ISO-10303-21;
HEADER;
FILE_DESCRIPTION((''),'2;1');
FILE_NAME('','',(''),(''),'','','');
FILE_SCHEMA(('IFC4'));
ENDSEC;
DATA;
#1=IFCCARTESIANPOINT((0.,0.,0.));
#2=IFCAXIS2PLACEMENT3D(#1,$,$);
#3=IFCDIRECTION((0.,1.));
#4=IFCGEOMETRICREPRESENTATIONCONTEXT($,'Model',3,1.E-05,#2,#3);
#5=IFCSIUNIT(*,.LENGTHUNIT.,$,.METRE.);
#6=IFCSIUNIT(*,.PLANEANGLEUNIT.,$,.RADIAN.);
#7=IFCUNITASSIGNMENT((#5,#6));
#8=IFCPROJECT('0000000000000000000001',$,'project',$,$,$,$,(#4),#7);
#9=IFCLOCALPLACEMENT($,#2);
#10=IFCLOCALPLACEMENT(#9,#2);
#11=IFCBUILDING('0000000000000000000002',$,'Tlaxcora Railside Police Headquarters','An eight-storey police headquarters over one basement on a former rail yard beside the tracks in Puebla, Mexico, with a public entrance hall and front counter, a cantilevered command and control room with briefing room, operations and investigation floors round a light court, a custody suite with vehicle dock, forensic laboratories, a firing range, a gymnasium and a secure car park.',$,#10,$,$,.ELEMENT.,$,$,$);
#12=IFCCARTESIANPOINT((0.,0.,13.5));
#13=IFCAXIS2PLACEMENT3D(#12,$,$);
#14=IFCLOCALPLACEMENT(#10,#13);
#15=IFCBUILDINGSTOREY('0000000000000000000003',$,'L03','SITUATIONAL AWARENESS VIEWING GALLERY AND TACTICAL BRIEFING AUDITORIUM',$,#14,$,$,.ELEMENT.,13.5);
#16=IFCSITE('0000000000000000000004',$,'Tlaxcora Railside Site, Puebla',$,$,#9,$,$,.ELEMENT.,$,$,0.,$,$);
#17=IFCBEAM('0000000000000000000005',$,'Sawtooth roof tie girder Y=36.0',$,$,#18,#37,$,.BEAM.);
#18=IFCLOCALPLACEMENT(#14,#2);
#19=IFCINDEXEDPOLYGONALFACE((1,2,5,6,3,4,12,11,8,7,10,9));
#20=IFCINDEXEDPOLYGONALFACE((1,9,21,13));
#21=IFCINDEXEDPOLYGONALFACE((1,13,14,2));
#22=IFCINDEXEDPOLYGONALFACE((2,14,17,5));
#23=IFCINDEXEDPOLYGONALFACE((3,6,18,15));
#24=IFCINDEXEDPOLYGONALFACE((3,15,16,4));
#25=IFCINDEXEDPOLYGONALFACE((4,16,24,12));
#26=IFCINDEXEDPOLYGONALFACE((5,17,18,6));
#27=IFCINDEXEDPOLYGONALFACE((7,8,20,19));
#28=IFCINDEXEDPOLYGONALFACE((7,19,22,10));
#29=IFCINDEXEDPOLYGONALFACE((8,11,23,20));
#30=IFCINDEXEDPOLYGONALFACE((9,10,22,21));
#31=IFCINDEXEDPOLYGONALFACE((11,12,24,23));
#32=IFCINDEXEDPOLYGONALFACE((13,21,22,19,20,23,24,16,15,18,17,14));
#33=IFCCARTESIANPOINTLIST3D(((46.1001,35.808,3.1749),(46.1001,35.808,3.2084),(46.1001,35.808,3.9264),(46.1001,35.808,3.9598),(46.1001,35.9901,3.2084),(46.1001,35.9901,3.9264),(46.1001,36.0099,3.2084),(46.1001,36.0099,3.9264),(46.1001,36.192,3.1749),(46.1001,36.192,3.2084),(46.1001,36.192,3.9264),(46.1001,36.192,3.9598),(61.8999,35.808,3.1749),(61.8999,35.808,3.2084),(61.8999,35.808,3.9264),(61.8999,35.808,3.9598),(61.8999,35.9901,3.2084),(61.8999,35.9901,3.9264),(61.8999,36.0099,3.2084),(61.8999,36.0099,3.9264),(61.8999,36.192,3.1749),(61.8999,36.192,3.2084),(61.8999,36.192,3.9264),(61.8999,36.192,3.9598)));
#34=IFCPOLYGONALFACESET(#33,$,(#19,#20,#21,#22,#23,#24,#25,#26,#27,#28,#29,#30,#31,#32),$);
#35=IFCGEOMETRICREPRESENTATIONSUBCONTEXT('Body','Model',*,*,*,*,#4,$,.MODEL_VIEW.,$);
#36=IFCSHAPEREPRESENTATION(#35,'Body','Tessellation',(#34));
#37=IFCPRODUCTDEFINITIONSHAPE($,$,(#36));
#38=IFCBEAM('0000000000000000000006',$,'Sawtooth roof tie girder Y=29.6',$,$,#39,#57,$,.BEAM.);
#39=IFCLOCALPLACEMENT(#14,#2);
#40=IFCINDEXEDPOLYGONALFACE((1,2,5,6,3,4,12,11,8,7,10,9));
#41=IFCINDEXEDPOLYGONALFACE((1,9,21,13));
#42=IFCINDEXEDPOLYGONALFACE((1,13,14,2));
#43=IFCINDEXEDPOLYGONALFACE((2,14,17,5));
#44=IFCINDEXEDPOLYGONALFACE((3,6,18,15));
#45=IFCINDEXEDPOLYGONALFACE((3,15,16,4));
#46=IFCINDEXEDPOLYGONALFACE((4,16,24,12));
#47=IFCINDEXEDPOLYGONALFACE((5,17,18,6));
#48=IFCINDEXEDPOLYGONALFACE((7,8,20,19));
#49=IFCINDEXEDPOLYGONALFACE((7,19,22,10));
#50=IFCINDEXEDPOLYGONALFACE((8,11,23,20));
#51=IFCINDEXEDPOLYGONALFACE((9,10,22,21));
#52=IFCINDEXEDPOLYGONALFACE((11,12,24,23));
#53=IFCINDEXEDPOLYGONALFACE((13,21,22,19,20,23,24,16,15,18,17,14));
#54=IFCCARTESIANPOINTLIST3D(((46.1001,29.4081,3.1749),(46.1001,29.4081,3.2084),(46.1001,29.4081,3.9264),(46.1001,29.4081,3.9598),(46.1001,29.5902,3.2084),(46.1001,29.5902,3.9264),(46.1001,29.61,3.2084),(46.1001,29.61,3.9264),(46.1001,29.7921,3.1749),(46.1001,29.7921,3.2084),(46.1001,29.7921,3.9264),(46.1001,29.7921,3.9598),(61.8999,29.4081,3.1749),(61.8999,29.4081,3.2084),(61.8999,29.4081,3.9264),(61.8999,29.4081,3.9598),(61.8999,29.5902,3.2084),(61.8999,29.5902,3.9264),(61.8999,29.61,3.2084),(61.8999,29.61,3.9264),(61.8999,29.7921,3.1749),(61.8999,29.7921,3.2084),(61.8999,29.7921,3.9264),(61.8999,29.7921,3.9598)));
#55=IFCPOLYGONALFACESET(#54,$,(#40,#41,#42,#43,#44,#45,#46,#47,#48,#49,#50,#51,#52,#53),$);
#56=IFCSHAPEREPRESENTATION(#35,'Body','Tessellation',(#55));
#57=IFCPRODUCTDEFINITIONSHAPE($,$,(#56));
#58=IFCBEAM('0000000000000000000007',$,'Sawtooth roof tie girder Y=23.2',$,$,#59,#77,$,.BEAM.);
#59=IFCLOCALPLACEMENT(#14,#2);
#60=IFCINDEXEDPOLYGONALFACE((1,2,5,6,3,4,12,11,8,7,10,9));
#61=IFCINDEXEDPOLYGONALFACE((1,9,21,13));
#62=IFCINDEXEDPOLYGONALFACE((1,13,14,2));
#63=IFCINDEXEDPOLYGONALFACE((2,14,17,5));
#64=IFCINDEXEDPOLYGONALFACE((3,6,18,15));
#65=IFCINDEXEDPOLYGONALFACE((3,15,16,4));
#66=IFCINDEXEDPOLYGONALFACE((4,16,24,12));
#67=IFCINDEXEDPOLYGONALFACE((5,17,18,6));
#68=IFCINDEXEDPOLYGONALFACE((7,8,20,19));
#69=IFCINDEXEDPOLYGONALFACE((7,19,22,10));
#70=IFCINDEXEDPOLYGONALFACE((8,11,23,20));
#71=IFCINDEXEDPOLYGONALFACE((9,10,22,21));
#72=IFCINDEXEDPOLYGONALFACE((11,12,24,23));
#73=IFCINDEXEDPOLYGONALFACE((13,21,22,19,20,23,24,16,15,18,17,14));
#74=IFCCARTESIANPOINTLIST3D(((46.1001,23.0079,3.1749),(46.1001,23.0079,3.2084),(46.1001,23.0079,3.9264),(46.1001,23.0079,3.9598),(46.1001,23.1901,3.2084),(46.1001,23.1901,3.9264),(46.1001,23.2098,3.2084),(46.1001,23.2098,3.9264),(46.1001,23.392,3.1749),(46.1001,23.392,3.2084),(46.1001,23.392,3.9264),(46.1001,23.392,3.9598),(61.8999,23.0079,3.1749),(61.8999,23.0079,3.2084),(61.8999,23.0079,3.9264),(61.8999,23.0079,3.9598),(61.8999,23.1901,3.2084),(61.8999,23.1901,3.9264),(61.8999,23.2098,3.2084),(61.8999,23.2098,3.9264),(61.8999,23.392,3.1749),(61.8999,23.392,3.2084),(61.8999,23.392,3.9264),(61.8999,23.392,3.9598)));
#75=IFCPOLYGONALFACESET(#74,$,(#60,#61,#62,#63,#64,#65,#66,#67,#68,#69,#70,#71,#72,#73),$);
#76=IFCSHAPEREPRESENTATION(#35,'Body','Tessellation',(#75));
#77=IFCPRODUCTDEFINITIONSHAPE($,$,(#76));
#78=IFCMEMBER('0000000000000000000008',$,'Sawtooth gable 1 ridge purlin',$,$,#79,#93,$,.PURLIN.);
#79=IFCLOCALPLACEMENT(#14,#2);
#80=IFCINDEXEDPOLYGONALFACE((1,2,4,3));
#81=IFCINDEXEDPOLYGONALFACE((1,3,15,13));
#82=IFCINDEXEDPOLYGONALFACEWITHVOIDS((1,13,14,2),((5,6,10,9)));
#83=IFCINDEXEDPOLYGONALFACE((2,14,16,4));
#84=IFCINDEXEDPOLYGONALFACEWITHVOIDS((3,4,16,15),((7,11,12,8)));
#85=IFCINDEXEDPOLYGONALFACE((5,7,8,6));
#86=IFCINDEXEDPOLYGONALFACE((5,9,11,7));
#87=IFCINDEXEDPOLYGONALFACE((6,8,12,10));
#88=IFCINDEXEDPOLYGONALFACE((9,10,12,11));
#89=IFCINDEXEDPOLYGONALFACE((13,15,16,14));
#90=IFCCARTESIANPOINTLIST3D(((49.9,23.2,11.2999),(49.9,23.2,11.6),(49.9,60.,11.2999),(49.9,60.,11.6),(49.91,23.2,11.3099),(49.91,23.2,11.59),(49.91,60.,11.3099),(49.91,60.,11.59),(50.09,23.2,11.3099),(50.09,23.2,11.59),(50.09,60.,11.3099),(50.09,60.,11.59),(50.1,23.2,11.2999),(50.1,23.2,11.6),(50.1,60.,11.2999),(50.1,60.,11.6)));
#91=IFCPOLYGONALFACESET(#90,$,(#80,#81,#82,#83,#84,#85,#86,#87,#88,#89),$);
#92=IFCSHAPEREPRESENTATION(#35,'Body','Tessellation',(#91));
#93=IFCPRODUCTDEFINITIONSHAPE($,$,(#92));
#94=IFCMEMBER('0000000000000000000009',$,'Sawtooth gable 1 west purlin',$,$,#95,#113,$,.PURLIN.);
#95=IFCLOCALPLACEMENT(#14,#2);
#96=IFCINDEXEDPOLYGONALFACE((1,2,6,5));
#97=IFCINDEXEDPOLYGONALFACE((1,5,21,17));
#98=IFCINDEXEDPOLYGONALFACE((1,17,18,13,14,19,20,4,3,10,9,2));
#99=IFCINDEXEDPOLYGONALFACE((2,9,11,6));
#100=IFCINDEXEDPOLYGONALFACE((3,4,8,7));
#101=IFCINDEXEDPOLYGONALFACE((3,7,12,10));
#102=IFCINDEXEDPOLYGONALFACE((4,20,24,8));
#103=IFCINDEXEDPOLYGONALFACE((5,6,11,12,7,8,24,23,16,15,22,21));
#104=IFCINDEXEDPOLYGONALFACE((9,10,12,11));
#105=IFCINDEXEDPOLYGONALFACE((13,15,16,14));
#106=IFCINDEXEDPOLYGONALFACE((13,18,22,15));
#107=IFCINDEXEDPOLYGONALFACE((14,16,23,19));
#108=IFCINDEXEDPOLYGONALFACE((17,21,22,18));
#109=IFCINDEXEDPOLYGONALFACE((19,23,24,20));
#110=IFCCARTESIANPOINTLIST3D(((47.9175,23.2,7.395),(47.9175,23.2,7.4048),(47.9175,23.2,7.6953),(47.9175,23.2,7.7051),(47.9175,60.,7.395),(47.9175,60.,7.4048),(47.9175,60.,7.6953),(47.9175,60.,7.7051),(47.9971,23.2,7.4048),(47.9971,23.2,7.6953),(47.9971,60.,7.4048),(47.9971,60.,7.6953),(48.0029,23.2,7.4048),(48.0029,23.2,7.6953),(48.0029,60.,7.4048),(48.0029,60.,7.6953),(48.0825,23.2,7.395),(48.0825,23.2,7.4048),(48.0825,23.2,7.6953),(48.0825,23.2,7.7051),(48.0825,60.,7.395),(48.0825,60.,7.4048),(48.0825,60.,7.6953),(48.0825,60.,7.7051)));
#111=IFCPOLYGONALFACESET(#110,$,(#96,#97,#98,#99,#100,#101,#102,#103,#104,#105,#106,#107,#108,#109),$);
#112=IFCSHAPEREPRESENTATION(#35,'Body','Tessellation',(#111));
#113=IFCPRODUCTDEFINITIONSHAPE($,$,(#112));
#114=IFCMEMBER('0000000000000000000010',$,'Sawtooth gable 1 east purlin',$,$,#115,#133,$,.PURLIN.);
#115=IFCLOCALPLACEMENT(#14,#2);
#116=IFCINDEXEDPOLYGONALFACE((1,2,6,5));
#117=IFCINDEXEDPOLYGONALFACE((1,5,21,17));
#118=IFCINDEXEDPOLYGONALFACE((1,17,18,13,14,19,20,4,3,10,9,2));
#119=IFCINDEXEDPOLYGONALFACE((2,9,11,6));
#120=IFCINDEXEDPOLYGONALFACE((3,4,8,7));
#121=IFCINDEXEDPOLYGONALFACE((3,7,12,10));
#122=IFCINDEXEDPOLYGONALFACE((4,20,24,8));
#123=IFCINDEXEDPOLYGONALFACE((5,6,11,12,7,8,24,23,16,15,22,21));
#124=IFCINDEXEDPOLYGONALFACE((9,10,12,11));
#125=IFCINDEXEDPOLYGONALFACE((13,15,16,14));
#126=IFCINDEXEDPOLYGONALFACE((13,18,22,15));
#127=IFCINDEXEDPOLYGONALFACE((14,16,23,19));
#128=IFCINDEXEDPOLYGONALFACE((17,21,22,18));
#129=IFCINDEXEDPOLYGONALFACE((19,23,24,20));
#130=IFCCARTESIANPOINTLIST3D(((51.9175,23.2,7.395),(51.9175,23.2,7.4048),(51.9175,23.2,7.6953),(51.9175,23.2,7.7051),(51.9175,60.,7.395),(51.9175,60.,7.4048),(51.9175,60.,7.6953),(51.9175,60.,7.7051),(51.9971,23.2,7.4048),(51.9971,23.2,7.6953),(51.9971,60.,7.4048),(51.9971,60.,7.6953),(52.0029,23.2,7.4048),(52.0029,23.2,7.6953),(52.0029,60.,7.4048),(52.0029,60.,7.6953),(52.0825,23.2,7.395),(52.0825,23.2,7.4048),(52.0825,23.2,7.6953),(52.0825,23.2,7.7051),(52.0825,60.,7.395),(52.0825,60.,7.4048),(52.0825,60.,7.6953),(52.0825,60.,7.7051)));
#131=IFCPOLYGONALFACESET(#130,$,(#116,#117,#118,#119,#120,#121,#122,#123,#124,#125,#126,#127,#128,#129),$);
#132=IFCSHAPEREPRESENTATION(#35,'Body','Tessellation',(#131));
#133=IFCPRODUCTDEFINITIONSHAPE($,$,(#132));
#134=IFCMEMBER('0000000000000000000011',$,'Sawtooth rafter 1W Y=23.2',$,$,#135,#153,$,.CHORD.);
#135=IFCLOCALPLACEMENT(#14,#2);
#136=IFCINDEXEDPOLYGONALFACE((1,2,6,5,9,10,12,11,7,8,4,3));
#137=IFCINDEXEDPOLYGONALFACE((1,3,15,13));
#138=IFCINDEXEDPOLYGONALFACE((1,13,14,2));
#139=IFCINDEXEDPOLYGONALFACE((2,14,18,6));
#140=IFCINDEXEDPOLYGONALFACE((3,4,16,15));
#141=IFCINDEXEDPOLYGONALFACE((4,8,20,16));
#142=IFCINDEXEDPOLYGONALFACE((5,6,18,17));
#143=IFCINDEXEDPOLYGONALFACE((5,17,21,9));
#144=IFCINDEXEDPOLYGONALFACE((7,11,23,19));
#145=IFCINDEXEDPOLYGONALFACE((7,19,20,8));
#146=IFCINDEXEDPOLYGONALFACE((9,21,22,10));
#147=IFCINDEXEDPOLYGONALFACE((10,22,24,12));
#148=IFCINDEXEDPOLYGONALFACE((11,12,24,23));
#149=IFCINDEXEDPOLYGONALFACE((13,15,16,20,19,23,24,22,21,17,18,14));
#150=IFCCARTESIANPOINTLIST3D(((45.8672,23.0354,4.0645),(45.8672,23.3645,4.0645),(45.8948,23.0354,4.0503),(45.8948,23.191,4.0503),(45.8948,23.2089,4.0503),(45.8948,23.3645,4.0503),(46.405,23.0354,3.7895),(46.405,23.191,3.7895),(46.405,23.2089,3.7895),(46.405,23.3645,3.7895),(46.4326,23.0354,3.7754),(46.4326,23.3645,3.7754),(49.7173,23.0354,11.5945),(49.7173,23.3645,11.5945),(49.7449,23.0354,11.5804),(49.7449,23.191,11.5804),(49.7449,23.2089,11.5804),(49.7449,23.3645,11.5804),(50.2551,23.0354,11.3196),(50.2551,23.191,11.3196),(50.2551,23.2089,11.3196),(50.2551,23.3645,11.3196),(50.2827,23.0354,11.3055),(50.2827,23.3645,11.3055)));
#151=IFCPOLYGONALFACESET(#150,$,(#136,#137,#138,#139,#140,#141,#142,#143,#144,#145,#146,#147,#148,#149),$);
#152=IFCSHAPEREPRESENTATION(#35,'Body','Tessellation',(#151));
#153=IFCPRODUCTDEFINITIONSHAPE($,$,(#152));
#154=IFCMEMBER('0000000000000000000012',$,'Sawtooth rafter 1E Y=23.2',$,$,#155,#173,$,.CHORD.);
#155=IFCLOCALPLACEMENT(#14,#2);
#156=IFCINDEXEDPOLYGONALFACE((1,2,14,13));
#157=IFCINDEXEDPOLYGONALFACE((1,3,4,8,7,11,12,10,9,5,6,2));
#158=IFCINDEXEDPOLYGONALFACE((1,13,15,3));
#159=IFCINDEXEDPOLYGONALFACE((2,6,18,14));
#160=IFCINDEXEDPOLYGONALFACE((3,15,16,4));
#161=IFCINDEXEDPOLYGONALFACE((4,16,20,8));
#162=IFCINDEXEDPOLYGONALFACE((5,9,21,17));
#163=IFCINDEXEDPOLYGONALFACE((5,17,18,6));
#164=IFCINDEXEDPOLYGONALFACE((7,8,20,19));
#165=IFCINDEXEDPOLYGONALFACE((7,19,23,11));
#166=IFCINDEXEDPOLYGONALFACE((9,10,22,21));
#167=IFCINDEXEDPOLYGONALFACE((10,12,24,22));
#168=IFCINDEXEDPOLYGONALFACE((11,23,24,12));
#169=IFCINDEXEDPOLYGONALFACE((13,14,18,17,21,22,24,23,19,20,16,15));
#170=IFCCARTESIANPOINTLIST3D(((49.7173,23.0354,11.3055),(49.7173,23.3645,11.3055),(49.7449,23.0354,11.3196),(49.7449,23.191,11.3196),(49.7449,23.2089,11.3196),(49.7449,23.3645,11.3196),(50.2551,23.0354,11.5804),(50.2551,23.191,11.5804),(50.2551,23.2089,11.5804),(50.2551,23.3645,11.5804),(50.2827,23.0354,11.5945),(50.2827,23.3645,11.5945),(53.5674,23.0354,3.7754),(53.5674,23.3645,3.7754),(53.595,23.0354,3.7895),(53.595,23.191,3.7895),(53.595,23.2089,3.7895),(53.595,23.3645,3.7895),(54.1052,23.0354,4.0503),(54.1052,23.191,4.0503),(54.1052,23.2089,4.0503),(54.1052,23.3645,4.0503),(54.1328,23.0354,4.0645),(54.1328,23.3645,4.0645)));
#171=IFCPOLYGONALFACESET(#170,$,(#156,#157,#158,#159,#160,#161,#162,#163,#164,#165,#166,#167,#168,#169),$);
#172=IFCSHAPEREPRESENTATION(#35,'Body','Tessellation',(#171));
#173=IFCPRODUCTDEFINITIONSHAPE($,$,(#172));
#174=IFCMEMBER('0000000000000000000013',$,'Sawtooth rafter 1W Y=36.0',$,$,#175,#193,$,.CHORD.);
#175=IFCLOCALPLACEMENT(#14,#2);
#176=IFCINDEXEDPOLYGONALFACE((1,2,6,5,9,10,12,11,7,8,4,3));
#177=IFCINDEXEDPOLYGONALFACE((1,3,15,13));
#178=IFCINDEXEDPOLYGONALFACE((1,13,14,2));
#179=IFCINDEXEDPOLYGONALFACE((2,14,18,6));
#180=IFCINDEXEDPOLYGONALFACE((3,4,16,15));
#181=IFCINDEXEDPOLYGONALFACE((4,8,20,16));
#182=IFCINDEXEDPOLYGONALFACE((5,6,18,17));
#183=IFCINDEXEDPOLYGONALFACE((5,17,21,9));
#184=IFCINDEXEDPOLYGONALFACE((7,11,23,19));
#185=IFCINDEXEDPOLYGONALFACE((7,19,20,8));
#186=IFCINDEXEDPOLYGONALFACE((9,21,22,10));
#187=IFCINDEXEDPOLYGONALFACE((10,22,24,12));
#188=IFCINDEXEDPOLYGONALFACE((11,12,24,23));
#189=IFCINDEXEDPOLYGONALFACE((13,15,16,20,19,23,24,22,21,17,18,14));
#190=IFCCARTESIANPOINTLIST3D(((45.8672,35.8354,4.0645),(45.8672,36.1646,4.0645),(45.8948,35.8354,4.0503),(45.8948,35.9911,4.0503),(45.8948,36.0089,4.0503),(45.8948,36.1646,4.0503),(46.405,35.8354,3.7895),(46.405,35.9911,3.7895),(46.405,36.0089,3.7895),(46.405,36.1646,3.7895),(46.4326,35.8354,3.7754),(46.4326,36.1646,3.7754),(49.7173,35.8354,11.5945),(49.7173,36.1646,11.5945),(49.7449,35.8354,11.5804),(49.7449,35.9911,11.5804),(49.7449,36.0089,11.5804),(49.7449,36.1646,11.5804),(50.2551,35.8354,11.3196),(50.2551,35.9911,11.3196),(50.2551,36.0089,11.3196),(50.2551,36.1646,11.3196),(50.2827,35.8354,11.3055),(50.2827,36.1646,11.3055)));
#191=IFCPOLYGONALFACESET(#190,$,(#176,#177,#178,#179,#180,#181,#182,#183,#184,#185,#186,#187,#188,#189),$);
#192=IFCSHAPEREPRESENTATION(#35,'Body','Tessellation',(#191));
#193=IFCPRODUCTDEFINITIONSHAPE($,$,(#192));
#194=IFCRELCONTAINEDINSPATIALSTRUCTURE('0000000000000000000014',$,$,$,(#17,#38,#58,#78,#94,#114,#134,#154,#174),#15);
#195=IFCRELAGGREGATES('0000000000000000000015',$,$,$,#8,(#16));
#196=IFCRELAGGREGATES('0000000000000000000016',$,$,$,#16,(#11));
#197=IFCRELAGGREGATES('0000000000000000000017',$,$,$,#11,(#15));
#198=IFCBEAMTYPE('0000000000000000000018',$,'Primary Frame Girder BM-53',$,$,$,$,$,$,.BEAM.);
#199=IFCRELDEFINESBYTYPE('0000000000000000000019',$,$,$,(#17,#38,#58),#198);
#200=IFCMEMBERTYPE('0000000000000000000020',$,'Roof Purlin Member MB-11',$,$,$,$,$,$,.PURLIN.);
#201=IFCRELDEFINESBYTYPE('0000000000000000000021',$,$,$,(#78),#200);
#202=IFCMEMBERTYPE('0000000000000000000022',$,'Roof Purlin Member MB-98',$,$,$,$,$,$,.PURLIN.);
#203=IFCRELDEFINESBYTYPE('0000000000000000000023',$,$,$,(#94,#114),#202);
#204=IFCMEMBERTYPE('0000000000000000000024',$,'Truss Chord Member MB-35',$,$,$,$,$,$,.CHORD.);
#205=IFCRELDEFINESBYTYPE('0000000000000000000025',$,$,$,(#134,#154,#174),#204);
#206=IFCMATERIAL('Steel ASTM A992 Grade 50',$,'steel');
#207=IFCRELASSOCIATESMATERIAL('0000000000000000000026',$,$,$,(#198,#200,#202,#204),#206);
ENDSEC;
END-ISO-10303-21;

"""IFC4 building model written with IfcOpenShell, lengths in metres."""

from ifc_helpers import new_model, si_unit, direction, frame, origin, origin_2d, place, context, subcontext, project, spatial, hollow_rectangle, i_section, extrude, material, material_profile, profile_set, type_object, element, save


model = new_model("IFC4")

# Units and contexts
model_context = context("Model", 3, precision=1e-05, world=origin(), true_north=direction((0.0, 1.0)))
body_context = subcontext(model_context, "Body", "Model", "MODEL_VIEW")
ifc_project = project(units=[si_unit("LENGTHUNIT", "METRE"), si_unit("PLANEANGLEUNIT", "RADIAN")], contexts=[model_context])

# Site, building, storey
site_placement = place(None, origin())
site = spatial("IfcSite", under=ifc_project, at=site_placement, Name="Tlaxcora Railside Site, Puebla", CompositionType="ELEMENT", RefElevation=0.0)
building_placement = place(site_placement, origin())
building = spatial("IfcBuilding", under=site, at=building_placement, Name="Tlaxcora Railside Police Headquarters", Description="An eight-storey police headquarters over one basement on a former rail yard beside the tracks in Puebla, Mexico, with a public entrance hall and front counter, a cantilevered command and control room with briefing room, operations and investigation floors round a light court, a custody suite with vehicle dock, forensic laboratories, a firing range, a gymnasium and a secure car park.", CompositionType="ELEMENT")
storey_placement = place(building_placement, frame((0.0, 0.0, 13.5)))
storey = spatial("IfcBuildingStorey", under=building, at=storey_placement, Name="L03", Description="SITUATIONAL AWARENESS VIEWING GALLERY AND TACTICAL BRIEFING AUDITORIUM", CompositionType="ELEMENT", Elevation=13.5)

# Beams
ifc_material_1 = material(Name="Steel ASTM A992 Grade 50", Category="steel")
ifc_material_profile_1 = material_profile(ifc_material_1, i_section(OverallWidth=0.384, OverallDepth=0.7849, WebThickness=0.0198, FlangeThickness=0.0334, at=origin_2d()), Name="W30X211")
ifc_profile_set_1 = profile_set([ifc_material_profile_1], Name="Steel ASTM A992 Grade 50")
beam_type = type_object("IfcBeamType", Name="Primary Frame Girder BM-53", PredefinedType="BEAM", material=ifc_profile_set_1)
for number, where, z_axis, x_axis, name in (
    (1, (46.1001, 36.0, 3.5674), (1.0, 0.0, 0.0), (0.0, 1.0, 0.0), "Sawtooth roof tie girder Y=36.0"),
    (2, (46.1001, 29.6001, 3.5674), (1.0, 0.0, 0.0), (0.0, 1.0, 0.0), "Sawtooth roof tie girder Y=29.6"),
    (3, (46.1001, 23.2, 3.5674), (1.0, 0.0, 0.0), (0.0, 1.0, 0.0), "Sawtooth roof tie girder Y=23.2"),
):
    element("IfcBeam", number, at=place(storey_placement, frame(where, z_axis=z_axis, x_axis=x_axis)), inside=storey, type_object=beam_type, Name=name, PredefinedType="BEAM", context=body_context, shape_type="SweptSolid", body=[
        extrude(i_section(OverallWidth=0.384, OverallDepth=0.7849, WebThickness=0.0198, FlangeThickness=0.0334, at=origin_2d()), origin(), (0.0, 0.0, 1.0), 15.7998),
    ])

# Members
ifc_material_profile_2 = material_profile(ifc_material_1, hollow_rectangle(XDim=0.2, YDim=0.3, WallThickness=0.01, at=origin_2d()), Name="HSS300X200X10")
ifc_profile_set_2 = profile_set([ifc_material_profile_2], Name="Steel ASTM A992 Grade 50")
member_type_1 = type_object("IfcMemberType", Name="Roof Purlin Member MB-11", PredefinedType="PURLIN", material=ifc_profile_set_2)
member_placement = place(storey_placement, frame((50.0, 23.2, 11.45), z_axis=(0.0, 1.0, 0.0), x_axis=(-1.0, 0.0, 0.0)))
element("IfcMember", 4, at=member_placement, inside=storey, type_object=member_type_1, Name="Sawtooth gable 1 ridge purlin", PredefinedType="PURLIN", context=body_context, shape_type="SweptSolid", body=[
    extrude(hollow_rectangle(XDim=0.2, YDim=0.3, WallThickness=0.01, at=origin_2d()), origin(), (0.0, 0.0, 1.0), 36.8),
])
ifc_material_profile_3 = material_profile(ifc_material_1, i_section(OverallWidth=0.165, OverallDepth=0.3101, WebThickness=0.0059, FlangeThickness=0.0098, at=origin_2d()), Name="W12X26")
ifc_profile_set_3 = profile_set([ifc_material_profile_3], Name="Steel ASTM A992 Grade 50")
member_type_2 = type_object("IfcMemberType", Name="Roof Purlin Member MB-98", PredefinedType="PURLIN", material=ifc_profile_set_3)
for number, where, z_axis, x_axis, name in (
    (5, (48.0, 23.2, 7.55), (0.0, 1.0, 0.0), (-1.0, 0.0, 0.0), "Sawtooth gable 1 west purlin"),
    (6, (52.0, 23.2, 7.55), (0.0, 1.0, 0.0), (-1.0, 0.0, 0.0), "Sawtooth gable 1 east purlin"),
):
    element("IfcMember", number, at=place(storey_placement, frame(where, z_axis=z_axis, x_axis=x_axis)), inside=storey, type_object=member_type_2, Name=name, PredefinedType="PURLIN", context=body_context, shape_type="SweptSolid", body=[
        extrude(i_section(OverallWidth=0.165, OverallDepth=0.3101, WebThickness=0.0059, FlangeThickness=0.0098, at=origin_2d()), origin(), (0.0, 0.0, 1.0), 36.8),
    ])
ifc_material_profile_4 = material_profile(ifc_material_1, i_section(OverallWidth=0.3291, OverallDepth=0.635, WebThickness=0.0178, FlangeThickness=0.031, at=origin_2d()), Name="W24X162")
ifc_profile_set_4 = profile_set([ifc_material_profile_4], Name="Steel ASTM A992 Grade 50")
member_type_3 = type_object("IfcMemberType", Name="Truss Chord Member MB-35", PredefinedType="CHORD", material=ifc_profile_set_4)
for number, where, z_axis, x_axis, name in (
    (7, (46.1499, 23.2, 3.9199), (0.455244, 0.0, 0.890367), (0.0, 1.0, 0.0), "Sawtooth rafter 1W Y=23.2"),
    (8, (53.8501, 23.2, 3.9199), (-0.455244, 0.0, 0.890367), (0.0, -1.0, 0.0), "Sawtooth rafter 1E Y=23.2"),
    (9, (46.1499, 36.0, 3.9199), (0.455244, 0.0, 0.890367), (0.0, 1.0, 0.0), "Sawtooth rafter 1W Y=36.0"),
):
    element("IfcMember", number, at=place(storey_placement, frame(where, z_axis=z_axis, x_axis=x_axis)), inside=storey, type_object=member_type_3, Name=name, PredefinedType="CHORD", context=body_context, shape_type="SweptSolid", body=[
        extrude(i_section(OverallWidth=0.3291, OverallDepth=0.635, WebThickness=0.0178, FlangeThickness=0.031, at=origin_2d()), origin(), (0.0, 0.0, 1.0), 8.4573),
    ])

save(model, "model.ifc")
